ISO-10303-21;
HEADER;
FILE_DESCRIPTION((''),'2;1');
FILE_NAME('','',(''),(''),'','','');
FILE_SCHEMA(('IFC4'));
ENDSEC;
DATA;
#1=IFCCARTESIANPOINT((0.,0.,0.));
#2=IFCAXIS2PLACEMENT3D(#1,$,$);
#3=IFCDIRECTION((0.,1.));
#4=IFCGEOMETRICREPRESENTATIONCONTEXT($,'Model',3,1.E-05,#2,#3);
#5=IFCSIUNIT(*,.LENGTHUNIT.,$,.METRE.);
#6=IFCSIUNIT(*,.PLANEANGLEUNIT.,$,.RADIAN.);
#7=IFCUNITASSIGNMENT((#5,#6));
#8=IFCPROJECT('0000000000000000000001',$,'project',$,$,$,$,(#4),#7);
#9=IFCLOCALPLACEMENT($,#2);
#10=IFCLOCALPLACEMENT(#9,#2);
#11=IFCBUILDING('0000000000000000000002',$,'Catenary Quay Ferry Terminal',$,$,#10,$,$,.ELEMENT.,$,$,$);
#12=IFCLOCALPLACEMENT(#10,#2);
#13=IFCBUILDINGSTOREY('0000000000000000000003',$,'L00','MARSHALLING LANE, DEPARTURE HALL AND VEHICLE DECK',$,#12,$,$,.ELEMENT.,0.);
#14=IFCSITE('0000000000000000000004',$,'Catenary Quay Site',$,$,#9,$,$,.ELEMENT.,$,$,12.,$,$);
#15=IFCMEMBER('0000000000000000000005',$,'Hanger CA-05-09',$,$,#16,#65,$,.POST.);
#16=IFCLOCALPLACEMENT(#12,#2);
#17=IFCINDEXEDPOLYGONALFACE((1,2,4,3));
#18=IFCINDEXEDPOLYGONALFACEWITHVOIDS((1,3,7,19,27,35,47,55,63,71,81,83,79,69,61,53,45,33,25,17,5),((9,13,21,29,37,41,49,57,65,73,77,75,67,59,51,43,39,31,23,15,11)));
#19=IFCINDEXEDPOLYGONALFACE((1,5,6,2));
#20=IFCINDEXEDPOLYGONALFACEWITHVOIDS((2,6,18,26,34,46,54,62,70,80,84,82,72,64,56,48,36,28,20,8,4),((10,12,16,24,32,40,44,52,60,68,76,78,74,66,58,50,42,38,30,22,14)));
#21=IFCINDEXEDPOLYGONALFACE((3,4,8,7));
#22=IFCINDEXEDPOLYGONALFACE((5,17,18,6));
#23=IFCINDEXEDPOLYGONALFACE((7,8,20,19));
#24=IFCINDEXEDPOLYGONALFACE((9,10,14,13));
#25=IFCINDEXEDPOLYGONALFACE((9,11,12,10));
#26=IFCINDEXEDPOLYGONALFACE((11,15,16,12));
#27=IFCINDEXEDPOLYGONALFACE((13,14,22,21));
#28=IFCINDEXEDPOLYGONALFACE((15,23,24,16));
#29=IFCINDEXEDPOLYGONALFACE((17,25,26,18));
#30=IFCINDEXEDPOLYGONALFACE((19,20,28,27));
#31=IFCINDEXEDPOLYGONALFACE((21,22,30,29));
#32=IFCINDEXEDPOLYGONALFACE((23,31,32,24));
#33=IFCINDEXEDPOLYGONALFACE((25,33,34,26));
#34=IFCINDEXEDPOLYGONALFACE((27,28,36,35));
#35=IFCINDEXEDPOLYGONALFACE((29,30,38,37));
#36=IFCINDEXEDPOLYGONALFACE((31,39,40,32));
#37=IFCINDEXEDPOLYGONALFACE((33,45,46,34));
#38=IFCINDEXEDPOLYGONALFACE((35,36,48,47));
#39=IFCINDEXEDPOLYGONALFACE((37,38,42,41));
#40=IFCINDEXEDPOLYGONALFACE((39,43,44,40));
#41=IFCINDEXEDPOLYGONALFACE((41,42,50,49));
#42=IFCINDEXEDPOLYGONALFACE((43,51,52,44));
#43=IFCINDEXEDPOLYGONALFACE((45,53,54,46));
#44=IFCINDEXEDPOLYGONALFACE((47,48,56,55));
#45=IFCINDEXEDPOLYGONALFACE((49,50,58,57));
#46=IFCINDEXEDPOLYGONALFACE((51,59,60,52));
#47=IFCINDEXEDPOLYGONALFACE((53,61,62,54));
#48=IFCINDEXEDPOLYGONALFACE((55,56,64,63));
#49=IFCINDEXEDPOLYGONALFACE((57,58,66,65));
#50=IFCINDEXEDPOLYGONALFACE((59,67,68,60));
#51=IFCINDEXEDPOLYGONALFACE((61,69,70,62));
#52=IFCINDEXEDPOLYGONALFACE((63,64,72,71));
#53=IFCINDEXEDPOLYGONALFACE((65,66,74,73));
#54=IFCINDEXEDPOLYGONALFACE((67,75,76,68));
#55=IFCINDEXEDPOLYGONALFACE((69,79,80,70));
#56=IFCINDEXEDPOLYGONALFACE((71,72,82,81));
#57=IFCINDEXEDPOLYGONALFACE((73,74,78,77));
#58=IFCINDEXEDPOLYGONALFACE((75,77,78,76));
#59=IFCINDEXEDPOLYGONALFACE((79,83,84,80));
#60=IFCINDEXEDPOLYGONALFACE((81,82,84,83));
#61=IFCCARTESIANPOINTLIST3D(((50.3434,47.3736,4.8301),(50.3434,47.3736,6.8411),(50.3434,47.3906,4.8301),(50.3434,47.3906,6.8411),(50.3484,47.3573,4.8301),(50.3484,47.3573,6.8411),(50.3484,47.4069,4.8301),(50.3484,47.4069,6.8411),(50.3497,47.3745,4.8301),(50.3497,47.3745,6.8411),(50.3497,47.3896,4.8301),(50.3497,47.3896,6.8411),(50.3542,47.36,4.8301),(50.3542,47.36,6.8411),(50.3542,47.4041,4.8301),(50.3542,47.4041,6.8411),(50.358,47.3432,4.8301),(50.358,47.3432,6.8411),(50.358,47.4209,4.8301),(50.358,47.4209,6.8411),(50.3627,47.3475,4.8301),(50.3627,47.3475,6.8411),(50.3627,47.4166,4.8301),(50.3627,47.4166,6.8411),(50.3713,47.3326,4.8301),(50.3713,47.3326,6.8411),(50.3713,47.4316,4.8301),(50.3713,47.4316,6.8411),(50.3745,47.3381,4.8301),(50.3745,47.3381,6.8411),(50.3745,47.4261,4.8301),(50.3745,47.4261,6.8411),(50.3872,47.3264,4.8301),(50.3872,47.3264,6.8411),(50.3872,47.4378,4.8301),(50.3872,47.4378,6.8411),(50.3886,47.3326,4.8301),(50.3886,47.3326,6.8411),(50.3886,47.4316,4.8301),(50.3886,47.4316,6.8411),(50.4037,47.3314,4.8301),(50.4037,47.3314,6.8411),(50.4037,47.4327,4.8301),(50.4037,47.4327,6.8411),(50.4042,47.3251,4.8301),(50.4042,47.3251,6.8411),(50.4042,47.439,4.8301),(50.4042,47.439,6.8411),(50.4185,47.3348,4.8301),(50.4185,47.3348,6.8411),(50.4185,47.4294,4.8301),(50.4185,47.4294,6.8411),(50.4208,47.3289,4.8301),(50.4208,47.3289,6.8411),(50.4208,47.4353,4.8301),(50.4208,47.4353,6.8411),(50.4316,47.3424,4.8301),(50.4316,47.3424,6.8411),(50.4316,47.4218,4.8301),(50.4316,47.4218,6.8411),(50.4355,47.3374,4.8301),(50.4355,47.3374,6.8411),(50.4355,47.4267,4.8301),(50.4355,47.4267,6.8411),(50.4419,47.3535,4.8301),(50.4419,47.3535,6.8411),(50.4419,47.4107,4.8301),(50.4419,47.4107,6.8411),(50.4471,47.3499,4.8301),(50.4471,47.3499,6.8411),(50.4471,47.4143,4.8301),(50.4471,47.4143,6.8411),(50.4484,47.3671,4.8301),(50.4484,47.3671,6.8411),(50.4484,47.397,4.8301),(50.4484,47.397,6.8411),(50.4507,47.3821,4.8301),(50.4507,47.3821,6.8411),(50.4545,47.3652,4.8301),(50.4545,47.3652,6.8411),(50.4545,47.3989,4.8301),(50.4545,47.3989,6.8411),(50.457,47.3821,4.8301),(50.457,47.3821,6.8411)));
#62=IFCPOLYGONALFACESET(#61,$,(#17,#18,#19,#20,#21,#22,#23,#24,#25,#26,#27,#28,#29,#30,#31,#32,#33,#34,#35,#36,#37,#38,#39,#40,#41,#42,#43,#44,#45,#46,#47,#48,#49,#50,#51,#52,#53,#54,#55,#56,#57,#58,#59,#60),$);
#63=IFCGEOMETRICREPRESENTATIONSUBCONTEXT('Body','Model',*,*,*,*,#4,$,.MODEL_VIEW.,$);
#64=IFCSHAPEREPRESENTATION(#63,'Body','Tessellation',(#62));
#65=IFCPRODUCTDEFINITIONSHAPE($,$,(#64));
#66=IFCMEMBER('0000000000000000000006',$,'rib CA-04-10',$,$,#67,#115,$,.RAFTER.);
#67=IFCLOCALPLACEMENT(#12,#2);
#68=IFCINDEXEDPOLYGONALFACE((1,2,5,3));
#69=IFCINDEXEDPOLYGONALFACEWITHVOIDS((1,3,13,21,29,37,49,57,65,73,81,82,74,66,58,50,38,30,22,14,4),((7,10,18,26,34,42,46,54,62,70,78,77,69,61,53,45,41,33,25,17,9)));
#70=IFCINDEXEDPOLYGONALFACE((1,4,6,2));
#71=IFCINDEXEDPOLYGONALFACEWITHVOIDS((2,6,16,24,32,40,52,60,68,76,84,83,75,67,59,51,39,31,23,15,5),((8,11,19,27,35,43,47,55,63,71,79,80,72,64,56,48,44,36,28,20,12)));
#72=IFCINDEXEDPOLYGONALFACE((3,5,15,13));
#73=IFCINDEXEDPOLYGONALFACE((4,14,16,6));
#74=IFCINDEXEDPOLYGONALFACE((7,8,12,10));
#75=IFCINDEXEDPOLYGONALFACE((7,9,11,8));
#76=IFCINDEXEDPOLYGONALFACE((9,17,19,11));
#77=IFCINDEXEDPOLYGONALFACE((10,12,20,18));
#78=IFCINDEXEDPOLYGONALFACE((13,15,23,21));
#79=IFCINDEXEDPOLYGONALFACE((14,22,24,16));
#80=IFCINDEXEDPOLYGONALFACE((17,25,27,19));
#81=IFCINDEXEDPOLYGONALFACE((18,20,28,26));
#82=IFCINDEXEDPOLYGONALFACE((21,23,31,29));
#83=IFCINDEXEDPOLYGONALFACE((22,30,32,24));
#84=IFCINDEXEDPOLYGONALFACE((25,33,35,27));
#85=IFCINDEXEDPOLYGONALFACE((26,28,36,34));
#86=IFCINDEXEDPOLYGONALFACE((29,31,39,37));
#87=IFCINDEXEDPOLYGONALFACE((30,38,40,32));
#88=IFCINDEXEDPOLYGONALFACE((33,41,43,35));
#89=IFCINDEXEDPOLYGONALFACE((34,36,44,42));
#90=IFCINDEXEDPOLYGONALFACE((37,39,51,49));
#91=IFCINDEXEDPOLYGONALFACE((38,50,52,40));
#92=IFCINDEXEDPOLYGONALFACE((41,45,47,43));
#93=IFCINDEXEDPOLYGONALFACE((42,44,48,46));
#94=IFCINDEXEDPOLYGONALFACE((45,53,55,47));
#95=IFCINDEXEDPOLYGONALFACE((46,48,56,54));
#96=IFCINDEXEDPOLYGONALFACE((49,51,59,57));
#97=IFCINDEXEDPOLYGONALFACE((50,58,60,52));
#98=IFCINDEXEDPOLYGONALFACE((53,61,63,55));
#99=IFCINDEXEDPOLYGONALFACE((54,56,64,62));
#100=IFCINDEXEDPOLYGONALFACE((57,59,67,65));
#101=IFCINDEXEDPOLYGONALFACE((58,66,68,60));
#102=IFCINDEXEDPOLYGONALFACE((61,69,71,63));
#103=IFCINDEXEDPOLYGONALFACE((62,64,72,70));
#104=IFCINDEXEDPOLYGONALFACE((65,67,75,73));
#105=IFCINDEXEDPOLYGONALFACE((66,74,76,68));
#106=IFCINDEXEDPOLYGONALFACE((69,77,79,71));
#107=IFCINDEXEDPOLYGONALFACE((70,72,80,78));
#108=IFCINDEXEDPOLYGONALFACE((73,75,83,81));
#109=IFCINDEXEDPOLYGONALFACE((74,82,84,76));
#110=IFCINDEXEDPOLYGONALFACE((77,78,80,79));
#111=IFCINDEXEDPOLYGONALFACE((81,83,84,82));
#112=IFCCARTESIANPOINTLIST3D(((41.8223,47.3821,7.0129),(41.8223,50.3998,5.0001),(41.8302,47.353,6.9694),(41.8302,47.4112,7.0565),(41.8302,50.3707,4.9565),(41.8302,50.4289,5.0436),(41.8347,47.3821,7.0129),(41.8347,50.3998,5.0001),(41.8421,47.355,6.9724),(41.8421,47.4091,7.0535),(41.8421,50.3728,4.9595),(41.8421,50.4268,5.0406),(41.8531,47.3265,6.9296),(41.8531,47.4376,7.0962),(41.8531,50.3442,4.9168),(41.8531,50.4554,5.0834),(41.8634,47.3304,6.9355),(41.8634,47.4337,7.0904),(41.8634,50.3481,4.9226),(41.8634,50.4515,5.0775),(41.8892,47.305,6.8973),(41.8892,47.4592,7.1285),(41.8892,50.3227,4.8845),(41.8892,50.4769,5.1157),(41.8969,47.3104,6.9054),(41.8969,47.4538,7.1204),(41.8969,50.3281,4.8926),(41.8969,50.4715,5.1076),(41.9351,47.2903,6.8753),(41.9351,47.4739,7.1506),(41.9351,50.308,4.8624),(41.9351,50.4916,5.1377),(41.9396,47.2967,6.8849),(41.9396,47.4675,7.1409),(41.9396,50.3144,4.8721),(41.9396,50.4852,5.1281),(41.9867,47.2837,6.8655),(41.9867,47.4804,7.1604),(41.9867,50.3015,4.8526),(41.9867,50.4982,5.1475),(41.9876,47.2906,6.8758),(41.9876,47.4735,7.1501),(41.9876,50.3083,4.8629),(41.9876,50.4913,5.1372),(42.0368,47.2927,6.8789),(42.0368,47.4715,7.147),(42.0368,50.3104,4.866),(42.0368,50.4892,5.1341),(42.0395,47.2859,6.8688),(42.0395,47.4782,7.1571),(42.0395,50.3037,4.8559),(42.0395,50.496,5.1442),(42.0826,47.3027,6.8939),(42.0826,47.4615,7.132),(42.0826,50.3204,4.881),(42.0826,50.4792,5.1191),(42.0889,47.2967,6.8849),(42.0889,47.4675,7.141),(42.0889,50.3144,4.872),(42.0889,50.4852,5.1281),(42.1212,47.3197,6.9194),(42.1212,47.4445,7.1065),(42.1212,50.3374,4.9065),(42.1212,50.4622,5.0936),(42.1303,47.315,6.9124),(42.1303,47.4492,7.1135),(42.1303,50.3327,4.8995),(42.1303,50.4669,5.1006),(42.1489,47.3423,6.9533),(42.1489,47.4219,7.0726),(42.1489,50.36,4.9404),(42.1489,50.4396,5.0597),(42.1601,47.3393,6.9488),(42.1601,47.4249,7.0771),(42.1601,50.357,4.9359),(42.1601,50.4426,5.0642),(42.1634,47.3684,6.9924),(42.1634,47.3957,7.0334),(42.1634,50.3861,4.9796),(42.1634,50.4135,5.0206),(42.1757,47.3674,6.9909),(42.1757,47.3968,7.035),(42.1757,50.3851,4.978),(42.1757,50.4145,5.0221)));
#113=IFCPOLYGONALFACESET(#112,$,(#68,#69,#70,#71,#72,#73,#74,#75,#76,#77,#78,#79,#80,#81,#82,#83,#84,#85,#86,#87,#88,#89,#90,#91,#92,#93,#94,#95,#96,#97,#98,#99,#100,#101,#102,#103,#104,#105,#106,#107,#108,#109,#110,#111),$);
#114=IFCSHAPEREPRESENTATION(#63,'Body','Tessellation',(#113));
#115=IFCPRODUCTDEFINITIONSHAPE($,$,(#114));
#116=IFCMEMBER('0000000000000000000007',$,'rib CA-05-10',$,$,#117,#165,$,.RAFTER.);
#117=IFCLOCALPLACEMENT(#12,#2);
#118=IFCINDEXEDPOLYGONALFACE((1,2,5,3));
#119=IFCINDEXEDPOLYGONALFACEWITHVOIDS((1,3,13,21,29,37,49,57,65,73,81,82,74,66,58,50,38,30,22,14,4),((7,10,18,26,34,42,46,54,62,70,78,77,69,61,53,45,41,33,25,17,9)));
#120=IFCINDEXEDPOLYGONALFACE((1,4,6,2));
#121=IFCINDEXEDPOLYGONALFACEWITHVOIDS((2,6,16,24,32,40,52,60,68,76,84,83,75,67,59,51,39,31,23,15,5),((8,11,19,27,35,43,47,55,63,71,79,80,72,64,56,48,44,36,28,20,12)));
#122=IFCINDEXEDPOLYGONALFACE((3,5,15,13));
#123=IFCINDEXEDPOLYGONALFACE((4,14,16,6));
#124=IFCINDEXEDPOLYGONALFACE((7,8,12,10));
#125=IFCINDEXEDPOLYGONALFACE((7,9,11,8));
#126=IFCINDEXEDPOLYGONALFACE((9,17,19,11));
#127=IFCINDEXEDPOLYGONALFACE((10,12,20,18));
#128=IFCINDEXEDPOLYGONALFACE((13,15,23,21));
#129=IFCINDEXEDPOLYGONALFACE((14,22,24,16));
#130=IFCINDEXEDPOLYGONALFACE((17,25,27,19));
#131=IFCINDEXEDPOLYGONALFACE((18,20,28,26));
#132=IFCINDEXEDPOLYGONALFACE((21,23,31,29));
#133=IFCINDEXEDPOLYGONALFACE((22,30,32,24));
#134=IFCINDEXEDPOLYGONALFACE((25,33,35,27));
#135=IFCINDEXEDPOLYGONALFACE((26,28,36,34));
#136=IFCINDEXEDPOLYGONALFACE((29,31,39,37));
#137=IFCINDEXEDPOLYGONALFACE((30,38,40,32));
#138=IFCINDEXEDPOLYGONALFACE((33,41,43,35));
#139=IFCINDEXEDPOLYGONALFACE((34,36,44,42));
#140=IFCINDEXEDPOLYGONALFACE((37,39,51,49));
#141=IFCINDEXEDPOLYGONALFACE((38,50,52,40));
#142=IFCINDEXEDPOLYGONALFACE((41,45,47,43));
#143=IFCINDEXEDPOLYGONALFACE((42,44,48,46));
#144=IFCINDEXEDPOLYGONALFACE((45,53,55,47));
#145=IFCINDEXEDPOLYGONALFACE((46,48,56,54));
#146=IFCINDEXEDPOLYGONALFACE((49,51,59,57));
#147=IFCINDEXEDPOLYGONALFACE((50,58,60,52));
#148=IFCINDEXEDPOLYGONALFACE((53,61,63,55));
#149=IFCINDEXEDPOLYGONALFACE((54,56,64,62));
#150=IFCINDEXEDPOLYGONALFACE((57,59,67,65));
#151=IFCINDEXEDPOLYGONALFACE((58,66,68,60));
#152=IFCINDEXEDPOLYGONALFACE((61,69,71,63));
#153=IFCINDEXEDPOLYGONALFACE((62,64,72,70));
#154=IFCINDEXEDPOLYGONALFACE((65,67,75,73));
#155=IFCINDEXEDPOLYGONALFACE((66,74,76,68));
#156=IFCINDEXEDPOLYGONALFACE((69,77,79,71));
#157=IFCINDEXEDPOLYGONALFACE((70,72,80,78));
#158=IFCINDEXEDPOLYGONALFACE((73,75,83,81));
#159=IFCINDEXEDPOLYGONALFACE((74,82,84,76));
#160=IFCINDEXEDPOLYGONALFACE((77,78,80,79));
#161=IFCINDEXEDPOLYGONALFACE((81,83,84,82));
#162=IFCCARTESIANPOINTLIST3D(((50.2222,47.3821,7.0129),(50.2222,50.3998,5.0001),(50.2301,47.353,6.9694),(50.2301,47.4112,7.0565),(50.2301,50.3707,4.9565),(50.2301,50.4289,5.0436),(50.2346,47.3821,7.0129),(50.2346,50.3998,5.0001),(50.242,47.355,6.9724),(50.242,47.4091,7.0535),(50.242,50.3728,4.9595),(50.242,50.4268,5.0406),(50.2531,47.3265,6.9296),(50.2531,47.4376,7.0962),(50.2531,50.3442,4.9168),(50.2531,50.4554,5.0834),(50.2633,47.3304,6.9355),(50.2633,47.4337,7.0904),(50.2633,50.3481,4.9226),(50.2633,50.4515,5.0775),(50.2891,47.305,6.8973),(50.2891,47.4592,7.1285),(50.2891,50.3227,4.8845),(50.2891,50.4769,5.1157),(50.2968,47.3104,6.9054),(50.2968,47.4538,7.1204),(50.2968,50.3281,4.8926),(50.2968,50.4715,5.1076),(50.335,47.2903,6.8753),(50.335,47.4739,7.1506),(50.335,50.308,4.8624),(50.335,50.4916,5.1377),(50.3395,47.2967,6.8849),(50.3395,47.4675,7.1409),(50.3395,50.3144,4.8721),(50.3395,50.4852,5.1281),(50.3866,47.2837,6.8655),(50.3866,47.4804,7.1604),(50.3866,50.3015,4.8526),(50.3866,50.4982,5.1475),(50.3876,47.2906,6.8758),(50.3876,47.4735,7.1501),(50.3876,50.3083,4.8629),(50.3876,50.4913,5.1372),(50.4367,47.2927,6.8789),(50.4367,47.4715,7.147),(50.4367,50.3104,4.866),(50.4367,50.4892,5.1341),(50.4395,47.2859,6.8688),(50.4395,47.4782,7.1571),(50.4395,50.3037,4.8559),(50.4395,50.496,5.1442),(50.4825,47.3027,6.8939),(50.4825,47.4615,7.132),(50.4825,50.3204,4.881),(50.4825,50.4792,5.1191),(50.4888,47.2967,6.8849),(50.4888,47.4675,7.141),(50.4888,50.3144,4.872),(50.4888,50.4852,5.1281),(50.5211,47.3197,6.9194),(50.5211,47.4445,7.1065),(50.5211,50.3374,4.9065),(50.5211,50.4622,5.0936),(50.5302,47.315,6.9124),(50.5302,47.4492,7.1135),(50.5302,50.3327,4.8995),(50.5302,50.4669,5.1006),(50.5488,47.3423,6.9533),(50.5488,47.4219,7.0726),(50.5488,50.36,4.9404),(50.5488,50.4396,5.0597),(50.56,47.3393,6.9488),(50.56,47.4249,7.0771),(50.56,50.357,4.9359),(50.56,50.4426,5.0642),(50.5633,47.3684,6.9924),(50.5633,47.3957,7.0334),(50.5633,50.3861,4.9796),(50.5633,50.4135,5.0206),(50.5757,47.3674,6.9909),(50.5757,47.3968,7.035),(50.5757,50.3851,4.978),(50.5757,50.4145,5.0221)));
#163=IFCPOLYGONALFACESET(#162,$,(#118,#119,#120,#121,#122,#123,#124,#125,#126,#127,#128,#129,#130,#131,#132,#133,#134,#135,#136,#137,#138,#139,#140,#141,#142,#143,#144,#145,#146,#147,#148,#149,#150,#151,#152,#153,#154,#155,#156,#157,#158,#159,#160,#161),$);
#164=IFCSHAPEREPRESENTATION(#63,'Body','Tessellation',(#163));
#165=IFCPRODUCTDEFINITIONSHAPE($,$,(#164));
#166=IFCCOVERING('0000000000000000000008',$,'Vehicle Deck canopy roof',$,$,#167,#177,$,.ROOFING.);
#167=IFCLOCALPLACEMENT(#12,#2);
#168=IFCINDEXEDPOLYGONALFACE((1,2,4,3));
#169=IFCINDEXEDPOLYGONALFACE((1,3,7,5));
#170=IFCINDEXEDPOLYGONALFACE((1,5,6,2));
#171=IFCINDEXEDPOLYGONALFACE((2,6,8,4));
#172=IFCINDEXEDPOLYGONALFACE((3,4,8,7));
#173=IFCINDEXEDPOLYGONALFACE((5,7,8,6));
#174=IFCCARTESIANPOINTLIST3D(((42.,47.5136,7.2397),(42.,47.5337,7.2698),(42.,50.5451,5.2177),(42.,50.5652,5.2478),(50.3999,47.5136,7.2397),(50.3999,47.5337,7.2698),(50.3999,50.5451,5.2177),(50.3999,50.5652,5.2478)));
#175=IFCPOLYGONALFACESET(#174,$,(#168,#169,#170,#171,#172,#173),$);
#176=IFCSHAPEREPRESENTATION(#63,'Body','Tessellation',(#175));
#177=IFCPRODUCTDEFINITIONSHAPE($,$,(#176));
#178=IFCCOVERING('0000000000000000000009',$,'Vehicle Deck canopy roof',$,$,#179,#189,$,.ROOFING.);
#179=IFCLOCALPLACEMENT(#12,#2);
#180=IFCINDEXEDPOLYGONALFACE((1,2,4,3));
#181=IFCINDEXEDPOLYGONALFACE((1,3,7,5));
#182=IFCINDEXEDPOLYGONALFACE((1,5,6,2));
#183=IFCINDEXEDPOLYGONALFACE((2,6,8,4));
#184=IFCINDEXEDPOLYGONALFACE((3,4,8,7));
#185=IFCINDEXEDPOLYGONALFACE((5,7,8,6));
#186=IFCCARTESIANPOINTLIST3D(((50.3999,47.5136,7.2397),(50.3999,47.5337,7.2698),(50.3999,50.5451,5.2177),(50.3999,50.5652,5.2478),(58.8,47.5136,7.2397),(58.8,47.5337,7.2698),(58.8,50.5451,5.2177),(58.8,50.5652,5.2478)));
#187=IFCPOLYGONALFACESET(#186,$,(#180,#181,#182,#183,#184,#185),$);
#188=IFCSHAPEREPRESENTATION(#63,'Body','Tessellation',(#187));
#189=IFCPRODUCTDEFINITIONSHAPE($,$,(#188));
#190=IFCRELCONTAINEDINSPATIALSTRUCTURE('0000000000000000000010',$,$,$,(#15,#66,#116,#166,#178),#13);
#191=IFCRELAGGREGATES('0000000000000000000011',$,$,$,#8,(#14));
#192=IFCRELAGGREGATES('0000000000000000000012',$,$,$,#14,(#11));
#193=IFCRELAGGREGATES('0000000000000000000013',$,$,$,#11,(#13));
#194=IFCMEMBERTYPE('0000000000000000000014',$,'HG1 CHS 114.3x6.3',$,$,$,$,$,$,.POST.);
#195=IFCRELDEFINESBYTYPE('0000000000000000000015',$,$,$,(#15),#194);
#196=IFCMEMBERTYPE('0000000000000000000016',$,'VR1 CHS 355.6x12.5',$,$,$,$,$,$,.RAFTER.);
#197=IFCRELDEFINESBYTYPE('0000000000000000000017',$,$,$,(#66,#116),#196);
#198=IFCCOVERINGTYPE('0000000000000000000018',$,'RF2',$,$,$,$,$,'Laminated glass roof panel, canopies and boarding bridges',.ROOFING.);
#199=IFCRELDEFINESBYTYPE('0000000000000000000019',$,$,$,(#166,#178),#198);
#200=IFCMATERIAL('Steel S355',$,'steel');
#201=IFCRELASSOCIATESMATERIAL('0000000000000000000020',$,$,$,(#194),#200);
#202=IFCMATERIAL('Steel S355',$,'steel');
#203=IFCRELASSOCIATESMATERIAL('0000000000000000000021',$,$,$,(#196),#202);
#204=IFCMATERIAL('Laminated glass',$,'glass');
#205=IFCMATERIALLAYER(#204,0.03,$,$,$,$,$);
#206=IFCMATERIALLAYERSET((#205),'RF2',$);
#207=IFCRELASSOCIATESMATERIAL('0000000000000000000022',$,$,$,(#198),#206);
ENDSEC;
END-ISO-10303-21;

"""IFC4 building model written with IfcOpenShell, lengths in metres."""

from ifc_helpers import new_model, si_unit, direction, frame, origin, origin_2d, place, context, subcontext, project, spatial, polyline, hollow_circle, outline, extrude, material, layer, layer_set, material_profile, profile_set, type_object, element, save


model = new_model("IFC4")

# Units and contexts
model_context = context("Model", 3, precision=1e-05, world=origin(), true_north=direction((0.0, 1.0)))
body_context = subcontext(model_context, "Body", "Model", "MODEL_VIEW")
ifc_project = project(units=[si_unit("LENGTHUNIT", "METRE"), si_unit("PLANEANGLEUNIT", "RADIAN")], contexts=[model_context])

# Site, building, storey
site_placement = place(None, origin())
site = spatial("IfcSite", under=ifc_project, at=site_placement, Name="Catenary Quay Site", CompositionType="ELEMENT", RefElevation=12.0)
building_placement = place(site_placement, origin())
building = spatial("IfcBuilding", under=site, at=building_placement, Name="Catenary Quay Ferry Terminal", CompositionType="ELEMENT")
storey_placement = place(building_placement, origin())
storey = spatial("IfcBuildingStorey", under=building, at=storey_placement, Name="L00", Description="MARSHALLING LANE, DEPARTURE HALL AND VEHICLE DECK", CompositionType="ELEMENT", Elevation=0.0)

# Members
ifc_material_1 = material(Name="Steel S355", Category="steel")
ifc_material_profile_1 = material_profile(ifc_material_1, hollow_circle(Radius=0.0571, WallThickness=0.0063, at=origin_2d()), Name="CHS 114.3x6.3")
ifc_profile_set_1 = profile_set([ifc_material_profile_1], Name="Steel S355")
member_type_1 = type_object("IfcMemberType", Name="HG1 CHS 114.3x6.3", PredefinedType="POST", material=ifc_profile_set_1)
member_1_placement = place(storey_placement, frame((50.3999, 47.3821, 4.8301), z_axis=(0.0, 0.0, 1.0), x_axis=(1.0, 0.0, 0.0)))
element("IfcMember", 1, at=member_1_placement, inside=storey, type_object=member_type_1, Name="Hanger CA-05-09", PredefinedType="POST", context=body_context, shape_type="SweptSolid", body=[
    extrude(hollow_circle(Radius=0.0571, WallThickness=0.0063, at=origin_2d()), origin(), (0.0, 0.0, 1.0), 2.011),
])
ifc_material_2 = material(Name="Steel S355", Category="steel")
ifc_material_profile_2 = material_profile(ifc_material_2, hollow_circle(Radius=0.1777, WallThickness=0.0125, at=origin_2d()), Name="CHS 355.6x12.5")
ifc_profile_set_2 = profile_set([ifc_material_profile_2], Name="Steel S355")
member_type_2 = type_object("IfcMemberType", Name="VR1 CHS 355.6x12.5", PredefinedType="RAFTER", material=ifc_profile_set_2)
for number, where, z_axis, x_axis, name in (
    (2, (42.0, 47.3821, 7.0129), (0.0, 0.831916, -0.554902), (-1.0, 0.0, 0.0), "rib CA-04-10"),
    (3, (50.3999, 47.3821, 7.0129), (0.0, 0.831916, -0.554902), (-1.0, 0.0, 0.0), "rib CA-05-10"),
):
    element("IfcMember", number, at=place(storey_placement, frame(where, z_axis=z_axis, x_axis=x_axis)), inside=storey, type_object=member_type_2, Name=name, PredefinedType="RAFTER", context=body_context, shape_type="SweptSolid", body=[
        extrude(hollow_circle(Radius=0.1777, WallThickness=0.0125, at=origin_2d()), origin(), (0.0, 0.0, 1.0), 3.6274),
    ])

# Coverings
ifc_material_3 = material(Name="Laminated glass", Category="glass")
ifc_layer = layer(ifc_material_3, 0.03)
ifc_layer_set = layer_set([ifc_layer], Name="RF2")
covering_type = type_object("IfcCoveringType", Name="RF2", ElementType="Laminated glass roof panel, canopies and boarding bridges", PredefinedType="ROOFING", material=ifc_layer_set)
covering_1_placement = place(storey_placement, frame((42.0, 47.5337, 7.2698), z_axis=(0.0, 0.554886, 0.831927), x_axis=(1.0, 0.0, 0.0)))
element("IfcCovering", 4, at=covering_1_placement, inside=storey, type_object=covering_type, Name="Vehicle Deck canopy roof", PredefinedType="ROOFING", context=body_context, shape_type="SweptSolid", body=[
    extrude(outline(polyline([(0.0, 0.0), (8.3999, 0.0), (8.3999, 3.6439), (0.0, 3.6439), (0.0, 0.0)])), origin(), (0.0, 0.0, -1.0), 0.0361),
])
covering_2_placement = place(storey_placement, frame((50.3999, 47.5337, 7.2698), z_axis=(0.0, 0.554886, 0.831927), x_axis=(1.0, 0.0, 0.0)))
element("IfcCovering", 5, at=covering_2_placement, inside=storey, type_object=covering_type, Name="Vehicle Deck canopy roof", PredefinedType="ROOFING", context=body_context, shape_type="SweptSolid", body=[
    extrude(outline(polyline([(0.0, 0.0), (8.4001, 0.0), (8.4001, 3.6439), (0.0, 3.6439), (0.0, 0.0)])), origin(), (0.0, 0.0, -1.0), 0.0361),
])

save(model, "model.ifc")
